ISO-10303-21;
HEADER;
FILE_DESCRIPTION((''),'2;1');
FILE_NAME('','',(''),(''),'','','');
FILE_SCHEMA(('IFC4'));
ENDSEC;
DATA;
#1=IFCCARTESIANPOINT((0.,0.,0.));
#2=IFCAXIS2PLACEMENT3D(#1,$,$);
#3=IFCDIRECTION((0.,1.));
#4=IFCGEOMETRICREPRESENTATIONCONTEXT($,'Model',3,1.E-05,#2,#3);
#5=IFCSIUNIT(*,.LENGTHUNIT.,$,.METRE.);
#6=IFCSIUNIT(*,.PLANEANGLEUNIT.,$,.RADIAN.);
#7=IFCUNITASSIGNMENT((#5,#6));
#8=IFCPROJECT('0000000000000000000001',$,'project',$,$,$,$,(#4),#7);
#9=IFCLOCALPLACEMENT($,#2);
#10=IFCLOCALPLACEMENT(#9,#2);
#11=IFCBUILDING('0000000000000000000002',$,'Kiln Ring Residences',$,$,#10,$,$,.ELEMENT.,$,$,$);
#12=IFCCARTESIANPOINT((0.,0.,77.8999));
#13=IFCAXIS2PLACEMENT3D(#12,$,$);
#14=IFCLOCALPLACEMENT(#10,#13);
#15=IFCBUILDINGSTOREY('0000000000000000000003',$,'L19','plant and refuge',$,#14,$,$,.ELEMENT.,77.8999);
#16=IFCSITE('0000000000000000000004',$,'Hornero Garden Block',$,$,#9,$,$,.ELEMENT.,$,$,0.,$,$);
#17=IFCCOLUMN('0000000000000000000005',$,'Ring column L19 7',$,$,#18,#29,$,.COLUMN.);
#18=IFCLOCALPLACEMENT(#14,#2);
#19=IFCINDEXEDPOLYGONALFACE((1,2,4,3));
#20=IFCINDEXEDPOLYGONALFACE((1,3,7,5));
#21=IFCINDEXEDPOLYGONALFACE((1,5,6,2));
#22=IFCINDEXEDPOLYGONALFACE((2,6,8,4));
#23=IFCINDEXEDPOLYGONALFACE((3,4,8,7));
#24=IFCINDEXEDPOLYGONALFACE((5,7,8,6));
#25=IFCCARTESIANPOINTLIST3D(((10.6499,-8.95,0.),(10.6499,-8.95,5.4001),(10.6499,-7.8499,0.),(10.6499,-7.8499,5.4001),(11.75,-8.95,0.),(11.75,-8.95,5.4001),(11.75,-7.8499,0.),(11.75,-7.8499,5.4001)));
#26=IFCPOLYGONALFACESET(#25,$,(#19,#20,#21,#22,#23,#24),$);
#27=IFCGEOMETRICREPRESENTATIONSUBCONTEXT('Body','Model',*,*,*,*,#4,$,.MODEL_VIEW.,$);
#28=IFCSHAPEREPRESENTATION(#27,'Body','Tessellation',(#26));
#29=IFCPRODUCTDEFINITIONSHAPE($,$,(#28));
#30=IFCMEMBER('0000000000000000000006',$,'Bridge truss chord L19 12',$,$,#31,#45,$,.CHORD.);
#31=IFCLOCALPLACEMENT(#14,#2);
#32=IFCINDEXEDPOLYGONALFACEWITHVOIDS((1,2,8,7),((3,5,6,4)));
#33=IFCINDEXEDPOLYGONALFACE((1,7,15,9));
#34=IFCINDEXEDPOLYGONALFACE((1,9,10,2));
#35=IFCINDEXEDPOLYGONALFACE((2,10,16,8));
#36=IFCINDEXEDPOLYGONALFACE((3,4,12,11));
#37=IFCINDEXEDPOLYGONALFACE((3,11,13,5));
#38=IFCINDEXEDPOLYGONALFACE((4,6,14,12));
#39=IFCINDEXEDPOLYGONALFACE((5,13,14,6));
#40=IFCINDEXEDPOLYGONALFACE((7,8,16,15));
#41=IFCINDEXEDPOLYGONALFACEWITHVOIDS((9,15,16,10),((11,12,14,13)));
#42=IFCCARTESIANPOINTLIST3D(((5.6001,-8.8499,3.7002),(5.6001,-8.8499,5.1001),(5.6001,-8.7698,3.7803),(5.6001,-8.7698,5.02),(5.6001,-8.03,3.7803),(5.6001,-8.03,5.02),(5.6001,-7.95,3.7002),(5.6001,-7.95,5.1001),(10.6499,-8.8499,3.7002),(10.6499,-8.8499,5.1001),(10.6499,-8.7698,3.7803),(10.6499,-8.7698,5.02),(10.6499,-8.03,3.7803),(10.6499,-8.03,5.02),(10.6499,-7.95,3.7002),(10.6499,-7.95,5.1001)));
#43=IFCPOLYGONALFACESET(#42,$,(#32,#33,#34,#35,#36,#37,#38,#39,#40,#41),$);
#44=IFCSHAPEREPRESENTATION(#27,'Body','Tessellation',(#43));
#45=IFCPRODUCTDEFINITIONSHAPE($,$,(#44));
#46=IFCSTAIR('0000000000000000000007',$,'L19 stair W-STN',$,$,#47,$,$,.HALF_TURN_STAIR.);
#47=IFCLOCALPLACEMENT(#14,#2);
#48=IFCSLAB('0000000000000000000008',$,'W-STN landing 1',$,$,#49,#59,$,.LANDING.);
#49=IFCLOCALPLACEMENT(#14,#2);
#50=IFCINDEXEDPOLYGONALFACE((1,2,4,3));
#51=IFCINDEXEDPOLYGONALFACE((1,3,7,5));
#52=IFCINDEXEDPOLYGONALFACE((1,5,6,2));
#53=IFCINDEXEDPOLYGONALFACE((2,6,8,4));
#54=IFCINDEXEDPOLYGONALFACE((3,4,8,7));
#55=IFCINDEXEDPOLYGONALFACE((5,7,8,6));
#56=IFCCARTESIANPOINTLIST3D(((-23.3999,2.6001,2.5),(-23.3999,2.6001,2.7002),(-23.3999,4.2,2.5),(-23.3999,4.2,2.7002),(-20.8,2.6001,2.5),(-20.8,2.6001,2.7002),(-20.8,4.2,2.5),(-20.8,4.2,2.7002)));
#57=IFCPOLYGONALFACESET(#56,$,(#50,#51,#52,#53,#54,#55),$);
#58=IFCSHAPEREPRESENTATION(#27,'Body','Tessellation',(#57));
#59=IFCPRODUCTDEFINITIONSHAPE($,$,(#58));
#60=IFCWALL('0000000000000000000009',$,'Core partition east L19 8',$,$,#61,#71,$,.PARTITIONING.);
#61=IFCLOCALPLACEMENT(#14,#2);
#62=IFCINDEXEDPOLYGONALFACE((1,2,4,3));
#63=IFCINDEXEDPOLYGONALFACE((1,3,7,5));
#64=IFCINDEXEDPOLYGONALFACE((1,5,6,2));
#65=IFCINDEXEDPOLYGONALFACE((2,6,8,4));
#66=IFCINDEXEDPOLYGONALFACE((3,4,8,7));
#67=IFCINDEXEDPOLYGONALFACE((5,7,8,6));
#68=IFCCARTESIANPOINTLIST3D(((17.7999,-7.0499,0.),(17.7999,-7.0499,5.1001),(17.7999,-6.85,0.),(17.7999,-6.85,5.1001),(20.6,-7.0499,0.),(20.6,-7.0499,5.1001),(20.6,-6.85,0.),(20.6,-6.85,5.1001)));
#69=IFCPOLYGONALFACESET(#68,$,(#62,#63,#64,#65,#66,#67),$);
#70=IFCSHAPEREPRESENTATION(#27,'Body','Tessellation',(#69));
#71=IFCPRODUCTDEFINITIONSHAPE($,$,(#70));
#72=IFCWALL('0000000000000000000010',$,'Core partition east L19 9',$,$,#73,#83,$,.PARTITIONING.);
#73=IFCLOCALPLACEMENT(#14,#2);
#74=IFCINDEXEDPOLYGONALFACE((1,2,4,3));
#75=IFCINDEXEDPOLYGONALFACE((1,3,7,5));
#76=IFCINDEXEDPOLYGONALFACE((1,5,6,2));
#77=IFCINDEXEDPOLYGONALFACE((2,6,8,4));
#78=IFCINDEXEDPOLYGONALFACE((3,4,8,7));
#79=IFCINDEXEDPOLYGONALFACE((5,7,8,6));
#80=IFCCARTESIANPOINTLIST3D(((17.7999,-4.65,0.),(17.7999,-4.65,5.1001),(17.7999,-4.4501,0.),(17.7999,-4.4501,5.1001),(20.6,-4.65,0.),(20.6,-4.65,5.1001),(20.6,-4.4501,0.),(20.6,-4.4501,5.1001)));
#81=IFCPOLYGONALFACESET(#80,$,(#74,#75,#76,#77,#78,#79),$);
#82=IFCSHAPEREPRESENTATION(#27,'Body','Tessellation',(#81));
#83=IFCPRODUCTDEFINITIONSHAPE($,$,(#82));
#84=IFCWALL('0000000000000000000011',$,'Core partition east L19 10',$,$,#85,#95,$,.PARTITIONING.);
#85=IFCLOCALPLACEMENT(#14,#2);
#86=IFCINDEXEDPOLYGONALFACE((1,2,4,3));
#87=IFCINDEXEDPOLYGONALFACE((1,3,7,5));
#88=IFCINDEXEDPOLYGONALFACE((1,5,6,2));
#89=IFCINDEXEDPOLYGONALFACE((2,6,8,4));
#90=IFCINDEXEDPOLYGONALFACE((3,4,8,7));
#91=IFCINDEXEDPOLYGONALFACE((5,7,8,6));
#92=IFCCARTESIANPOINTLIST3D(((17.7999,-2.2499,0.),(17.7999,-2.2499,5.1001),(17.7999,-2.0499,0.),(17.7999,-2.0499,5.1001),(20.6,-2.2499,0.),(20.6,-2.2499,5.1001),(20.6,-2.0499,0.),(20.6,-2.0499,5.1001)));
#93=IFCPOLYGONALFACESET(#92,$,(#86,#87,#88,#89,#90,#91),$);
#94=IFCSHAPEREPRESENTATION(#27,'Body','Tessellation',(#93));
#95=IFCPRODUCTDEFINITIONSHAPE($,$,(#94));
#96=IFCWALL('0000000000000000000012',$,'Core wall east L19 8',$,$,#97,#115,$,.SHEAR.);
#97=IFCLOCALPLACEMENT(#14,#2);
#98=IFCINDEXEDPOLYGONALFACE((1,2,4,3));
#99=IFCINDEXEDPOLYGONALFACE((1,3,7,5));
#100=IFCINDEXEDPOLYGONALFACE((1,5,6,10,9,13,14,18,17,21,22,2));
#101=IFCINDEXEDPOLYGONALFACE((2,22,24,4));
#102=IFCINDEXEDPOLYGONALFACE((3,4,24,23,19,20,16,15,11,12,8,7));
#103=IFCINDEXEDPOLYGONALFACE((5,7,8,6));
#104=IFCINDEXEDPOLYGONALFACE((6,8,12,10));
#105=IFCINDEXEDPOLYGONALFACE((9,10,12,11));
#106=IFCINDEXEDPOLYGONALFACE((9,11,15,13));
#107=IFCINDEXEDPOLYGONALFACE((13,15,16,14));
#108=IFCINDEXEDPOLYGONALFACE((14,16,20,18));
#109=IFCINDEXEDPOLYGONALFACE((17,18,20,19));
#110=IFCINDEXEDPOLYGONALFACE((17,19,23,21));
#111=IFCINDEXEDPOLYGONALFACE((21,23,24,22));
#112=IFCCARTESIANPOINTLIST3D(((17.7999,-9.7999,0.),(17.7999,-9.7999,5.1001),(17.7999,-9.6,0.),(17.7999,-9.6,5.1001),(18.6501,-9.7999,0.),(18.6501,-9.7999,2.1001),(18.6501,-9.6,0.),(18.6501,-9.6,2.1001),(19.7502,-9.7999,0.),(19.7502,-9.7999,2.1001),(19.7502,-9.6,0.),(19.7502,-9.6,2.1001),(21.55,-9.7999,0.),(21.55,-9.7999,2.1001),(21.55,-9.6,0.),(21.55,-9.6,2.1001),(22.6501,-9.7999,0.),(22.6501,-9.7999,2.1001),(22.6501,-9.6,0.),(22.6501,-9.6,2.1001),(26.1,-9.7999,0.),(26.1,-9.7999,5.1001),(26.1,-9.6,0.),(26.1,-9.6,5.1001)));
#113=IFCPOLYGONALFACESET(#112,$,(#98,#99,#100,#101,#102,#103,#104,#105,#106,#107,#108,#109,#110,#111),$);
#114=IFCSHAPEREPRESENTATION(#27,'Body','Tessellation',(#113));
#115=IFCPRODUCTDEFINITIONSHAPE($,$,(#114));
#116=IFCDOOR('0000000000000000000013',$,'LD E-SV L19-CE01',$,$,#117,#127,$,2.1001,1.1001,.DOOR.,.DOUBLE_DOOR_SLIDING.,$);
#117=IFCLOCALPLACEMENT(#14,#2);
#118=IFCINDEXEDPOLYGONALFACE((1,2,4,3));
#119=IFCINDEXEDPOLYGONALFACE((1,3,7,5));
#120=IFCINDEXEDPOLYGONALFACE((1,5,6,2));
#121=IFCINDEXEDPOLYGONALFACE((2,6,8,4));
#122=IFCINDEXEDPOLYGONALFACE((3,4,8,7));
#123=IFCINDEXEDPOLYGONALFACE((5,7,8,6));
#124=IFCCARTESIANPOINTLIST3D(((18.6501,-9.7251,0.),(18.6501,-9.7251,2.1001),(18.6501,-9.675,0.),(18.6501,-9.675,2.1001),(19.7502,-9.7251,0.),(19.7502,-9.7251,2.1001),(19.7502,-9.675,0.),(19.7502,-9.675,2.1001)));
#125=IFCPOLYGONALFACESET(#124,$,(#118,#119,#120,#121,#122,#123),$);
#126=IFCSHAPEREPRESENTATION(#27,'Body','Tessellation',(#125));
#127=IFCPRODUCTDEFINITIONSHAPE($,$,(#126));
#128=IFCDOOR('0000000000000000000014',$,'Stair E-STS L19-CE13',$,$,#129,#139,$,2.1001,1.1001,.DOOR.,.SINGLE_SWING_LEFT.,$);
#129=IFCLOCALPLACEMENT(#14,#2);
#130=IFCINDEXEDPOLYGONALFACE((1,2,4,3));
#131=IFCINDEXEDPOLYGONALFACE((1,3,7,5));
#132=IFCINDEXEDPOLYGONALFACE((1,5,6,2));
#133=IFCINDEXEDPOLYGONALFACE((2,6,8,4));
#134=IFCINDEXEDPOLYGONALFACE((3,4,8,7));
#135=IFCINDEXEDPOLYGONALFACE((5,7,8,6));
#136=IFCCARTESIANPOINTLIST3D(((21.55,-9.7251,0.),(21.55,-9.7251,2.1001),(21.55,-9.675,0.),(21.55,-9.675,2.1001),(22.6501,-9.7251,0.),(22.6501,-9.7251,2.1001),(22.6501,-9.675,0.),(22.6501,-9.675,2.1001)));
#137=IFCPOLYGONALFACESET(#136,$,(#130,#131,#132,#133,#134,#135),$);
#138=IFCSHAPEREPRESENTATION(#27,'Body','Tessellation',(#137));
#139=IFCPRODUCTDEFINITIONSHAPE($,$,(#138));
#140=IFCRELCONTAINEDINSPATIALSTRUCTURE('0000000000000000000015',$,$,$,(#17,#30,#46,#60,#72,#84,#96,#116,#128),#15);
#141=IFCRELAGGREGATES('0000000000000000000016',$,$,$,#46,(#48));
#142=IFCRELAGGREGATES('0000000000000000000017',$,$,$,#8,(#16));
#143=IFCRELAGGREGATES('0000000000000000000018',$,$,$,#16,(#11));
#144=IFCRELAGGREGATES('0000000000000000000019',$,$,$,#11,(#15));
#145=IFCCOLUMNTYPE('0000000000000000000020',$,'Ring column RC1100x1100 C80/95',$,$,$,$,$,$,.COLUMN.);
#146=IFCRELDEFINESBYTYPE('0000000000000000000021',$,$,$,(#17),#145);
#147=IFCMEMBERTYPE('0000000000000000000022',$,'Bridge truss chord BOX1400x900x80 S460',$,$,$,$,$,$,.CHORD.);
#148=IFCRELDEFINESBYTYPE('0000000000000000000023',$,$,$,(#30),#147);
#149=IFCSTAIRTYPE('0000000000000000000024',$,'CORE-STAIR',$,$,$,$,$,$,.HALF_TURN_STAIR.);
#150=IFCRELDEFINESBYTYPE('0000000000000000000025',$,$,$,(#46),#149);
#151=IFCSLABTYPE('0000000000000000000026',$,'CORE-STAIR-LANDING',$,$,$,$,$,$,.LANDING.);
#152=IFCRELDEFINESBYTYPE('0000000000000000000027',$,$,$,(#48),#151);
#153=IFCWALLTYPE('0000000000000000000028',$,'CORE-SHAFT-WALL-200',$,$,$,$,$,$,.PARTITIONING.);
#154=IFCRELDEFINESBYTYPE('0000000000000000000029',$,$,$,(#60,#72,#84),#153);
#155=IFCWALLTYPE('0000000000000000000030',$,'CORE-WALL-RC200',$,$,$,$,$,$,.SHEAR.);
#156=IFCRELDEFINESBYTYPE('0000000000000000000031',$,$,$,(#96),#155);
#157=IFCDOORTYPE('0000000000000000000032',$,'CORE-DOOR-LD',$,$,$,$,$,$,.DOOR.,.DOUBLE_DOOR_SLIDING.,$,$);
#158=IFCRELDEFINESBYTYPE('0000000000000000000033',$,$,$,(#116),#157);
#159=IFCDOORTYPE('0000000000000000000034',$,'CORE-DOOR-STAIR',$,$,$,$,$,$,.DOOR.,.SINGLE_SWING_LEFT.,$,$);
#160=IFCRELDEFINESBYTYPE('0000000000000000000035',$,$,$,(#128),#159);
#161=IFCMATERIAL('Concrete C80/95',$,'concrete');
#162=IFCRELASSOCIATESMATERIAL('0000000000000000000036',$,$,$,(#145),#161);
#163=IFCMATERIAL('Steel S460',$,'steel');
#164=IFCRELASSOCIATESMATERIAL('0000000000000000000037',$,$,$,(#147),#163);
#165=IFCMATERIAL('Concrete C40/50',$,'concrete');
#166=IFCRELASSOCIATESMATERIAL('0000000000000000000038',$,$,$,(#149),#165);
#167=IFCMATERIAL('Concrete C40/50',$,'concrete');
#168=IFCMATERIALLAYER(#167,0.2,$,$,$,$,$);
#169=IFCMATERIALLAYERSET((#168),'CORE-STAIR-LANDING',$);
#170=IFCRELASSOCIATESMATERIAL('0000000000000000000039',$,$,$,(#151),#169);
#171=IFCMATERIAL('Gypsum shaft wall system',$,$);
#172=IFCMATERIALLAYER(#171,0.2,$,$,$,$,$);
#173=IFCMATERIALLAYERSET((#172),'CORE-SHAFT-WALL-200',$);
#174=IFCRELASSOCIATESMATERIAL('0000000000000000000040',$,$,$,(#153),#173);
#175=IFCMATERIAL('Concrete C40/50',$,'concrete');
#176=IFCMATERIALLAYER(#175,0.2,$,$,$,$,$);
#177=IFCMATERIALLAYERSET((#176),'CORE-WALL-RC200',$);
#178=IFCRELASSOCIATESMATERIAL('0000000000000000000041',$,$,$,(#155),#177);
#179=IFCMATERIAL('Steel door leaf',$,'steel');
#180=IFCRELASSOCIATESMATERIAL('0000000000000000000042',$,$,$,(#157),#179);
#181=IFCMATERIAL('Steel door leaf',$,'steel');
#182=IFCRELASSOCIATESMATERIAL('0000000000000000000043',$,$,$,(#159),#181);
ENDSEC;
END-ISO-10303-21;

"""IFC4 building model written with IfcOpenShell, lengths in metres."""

from ifc_helpers import new_model, si_unit, direction, frame, frame_2d, origin, origin_2d, place, context, subcontext, project, spatial, polyline, rectangle, hollow_rectangle, outline, extrude, material, layer, layer_set, material_profile, profile_set, type_object, element, fill, aggregate, save


model = new_model("IFC4")

# Units and contexts
model_context = context("Model", 3, precision=1e-05, world=origin(), true_north=direction((0.0, 1.0)))
body_context = subcontext(model_context, "Body", "Model", "MODEL_VIEW")
ifc_project = project(units=[si_unit("LENGTHUNIT", "METRE"), si_unit("PLANEANGLEUNIT", "RADIAN")], contexts=[model_context])

# Site, building, storey
site_placement = place(None, origin())
site = spatial("IfcSite", under=ifc_project, at=site_placement, Name="Hornero Garden Block", CompositionType="ELEMENT", RefElevation=0.0)
building_placement = place(site_placement, origin())
building = spatial("IfcBuilding", under=site, at=building_placement, Name="Kiln Ring Residences", CompositionType="ELEMENT")
storey_placement = place(building_placement, frame((0.0, 0.0, 77.8999)))
storey = spatial("IfcBuildingStorey", under=building, at=storey_placement, Name="L19", Description="plant and refuge", CompositionType="ELEMENT", Elevation=77.8999)

# Column
ifc_material_1 = material(Name="Concrete C80/95", Category="concrete")
ifc_material_profile_1 = material_profile(ifc_material_1, rectangle(XDim=1.1001, YDim=1.1001, at=origin_2d()), Name="RC1100x1100")
ifc_profile_set_1 = profile_set([ifc_material_profile_1], Name="Concrete C80/95")
column_type = type_object("IfcColumnType", Name="Ring column RC1100x1100 C80/95", PredefinedType="COLUMN", material=ifc_profile_set_1)
column_placement = place(storey_placement, frame((11.2, -8.3999, 0.0), z_axis=(0.0, 0.0, 1.0), x_axis=(1.0, 0.0, 0.0)))
element("IfcColumn", 1, at=column_placement, inside=storey, type_object=column_type, Name="Ring column L19 7", PredefinedType="COLUMN", context=body_context, shape_type="SweptSolid", body=[
    extrude(rectangle(XDim=1.1001, YDim=1.1001, at=origin_2d()), origin(), (0.0, 0.0, 1.0), 5.4001),
])

# Member
ifc_material_2 = material(Name="Steel S460", Category="steel")
ifc_material_profile_2 = material_profile(ifc_material_2, hollow_rectangle(XDim=0.8999, YDim=1.3999, WallThickness=0.0801, at=origin_2d()), Name="BOX1400x900x80")
ifc_profile_set_2 = profile_set([ifc_material_profile_2], Name="Steel S460")
member_type = type_object("IfcMemberType", Name="Bridge truss chord BOX1400x900x80 S460", PredefinedType="CHORD", material=ifc_profile_set_2)
member_placement = place(storey_placement, frame((5.6001, -8.3999, 4.4001), z_axis=(1.0, 0.0, 0.0), x_axis=(0.0, 1.0, 0.0)))
element("IfcMember", 2, at=member_placement, inside=storey, type_object=member_type, Name="Bridge truss chord L19 12", PredefinedType="CHORD", context=body_context, shape_type="SweptSolid", body=[
    extrude(hollow_rectangle(XDim=0.8999, YDim=1.3999, WallThickness=0.0801, at=origin_2d()), origin(), (0.0, 0.0, 1.0), 5.0498),
])

# Stair, slab
ifc_material_3 = material(Name="Concrete C40/50", Category="concrete")
stair_type = type_object("IfcStairType", Name="CORE-STAIR", PredefinedType="HALF_TURN_STAIR", material=ifc_material_3)
stair_placement = place(storey_placement, origin())
stair = element("IfcStair", 3, at=stair_placement, inside=storey, type_object=stair_type, Name="L19 stair W-STN", PredefinedType="HALF_TURN_STAIR")
ifc_material_4 = material(Name="Concrete C40/50", Category="concrete")
ifc_layer_1 = layer(ifc_material_4, 0.2)
ifc_layer_set_1 = layer_set([ifc_layer_1], Name="CORE-STAIR-LANDING")
slab_type = type_object("IfcSlabType", Name="CORE-STAIR-LANDING", PredefinedType="LANDING", material=ifc_layer_set_1)
slab_placement = place(storey_placement, frame((0.0, 0.0, 2.5)))
slab = element("IfcSlab", 4, at=slab_placement, type_object=slab_type, Name="W-STN landing 1", PredefinedType="LANDING", context=body_context, shape_type="SweptSolid", body=[
    extrude(outline(polyline([(-23.3999, 4.2), (-23.3999, 2.6001), (-20.8, 2.6001), (-20.8, 4.2), (-23.3999, 4.2)])), origin(), (0.0, 0.0, 1.0), 0.2002),
])
aggregate(stair, [slab])

# Walls
ifc_material_5 = material(Name="Gypsum shaft wall system")
ifc_layer_2 = layer(ifc_material_5, 0.2)
ifc_layer_set_2 = layer_set([ifc_layer_2], Name="CORE-SHAFT-WALL-200")
wall_type_1 = type_object("IfcWallType", Name="CORE-SHAFT-WALL-200", PredefinedType="PARTITIONING", material=ifc_layer_set_2)
for number, where, z_axis, x_axis, name in (
    (5, (17.8, -6.95, 0.0), (0.0, 0.0, 1.0), (1.0, 0.0, 0.0), "Core partition east L19 8"),
    (6, (17.8, -4.55, 0.0), (0.0, 0.0, 1.0), (1.0, 0.0, 0.0), "Core partition east L19 9"),
    (7, (17.8, -2.1499, 0.0), (0.0, 0.0, 1.0), (1.0, 0.0, 0.0), "Core partition east L19 10"),
):
    element("IfcWall", number, at=place(storey_placement, frame(where, z_axis=z_axis, x_axis=x_axis)), inside=storey, type_object=wall_type_1, Name=name, PredefinedType="PARTITIONING", context=body_context, shape_type="SweptSolid", body=[
        extrude(rectangle(XDim=2.8, YDim=0.2, at=frame_2d((1.3999, 0.0))), origin(), (0.0, 0.0, 1.0), 5.1001),
    ])

# Wall, openings, doors
ifc_material_6 = material(Name="Concrete C40/50", Category="concrete")
ifc_layer_3 = layer(ifc_material_6, 0.2)
ifc_layer_set_3 = layer_set([ifc_layer_3], Name="CORE-WALL-RC200")
wall_type_2 = type_object("IfcWallType", Name="CORE-WALL-RC200", PredefinedType="SHEAR", material=ifc_layer_set_3)
wall_1_placement = place(storey_placement, frame((17.8, -9.7, 0.0), z_axis=(0.0, 0.0, 1.0), x_axis=(1.0, 0.0, 0.0)))
wall_1 = element("IfcWall", 8, at=wall_1_placement, inside=storey, type_object=wall_type_2, Name="Core wall east L19 8", PredefinedType="SHEAR", context=body_context, shape_type="SweptSolid", body=[
    extrude(rectangle(XDim=8.3, YDim=0.2, at=frame_2d((4.1499, 0.0))), origin(), (0.0, 0.0, 1.0), 5.1001),
])
opening_1_placement = place(wall_1_placement, frame((0.8501, 0.0, 0.0)))
opening_1 = element("IfcOpeningElement", 9, at=opening_1_placement, cuts=wall_1, PredefinedType="OPENING", context=body_context, shape_type="SweptSolid", body=[
    extrude(rectangle(XDim=1.1001, YDim=2.1001, at=frame_2d((0.55, 1.05))), frame((0.0, 0.1099, 0.0), z_axis=(0.0, -1.0, 0.0), x_axis=(1.0, 0.0, 0.0)), (0.0, 0.0, 1.0), 0.22),
])
opening_2_placement = place(wall_1_placement, frame((3.75, 0.0, 0.0)))
opening_2 = element("IfcOpeningElement", 10, at=opening_2_placement, cuts=wall_1, PredefinedType="OPENING", context=body_context, shape_type="SweptSolid", body=[
    extrude(rectangle(XDim=1.1001, YDim=2.1001, at=frame_2d((0.55, 1.05))), frame((0.0, 0.1099, 0.0), z_axis=(0.0, -1.0, 0.0), x_axis=(1.0, 0.0, 0.0)), (0.0, 0.0, 1.0), 0.22),
])
ifc_material_7 = material(Name="Steel door leaf", Category="steel")
door_type_1 = type_object("IfcDoorType", Name="CORE-DOOR-LD", OperationType="DOUBLE_DOOR_SLIDING", PredefinedType="DOOR", material=ifc_material_7)
door_1_placement = place(opening_1_placement, origin())
door_1 = element("IfcDoor", 11, at=door_1_placement, inside=storey, type_object=door_type_1, Name="LD E-SV L19-CE01", OperationType="DOUBLE_DOOR_SLIDING", OverallHeight=2.1001, OverallWidth=1.1001, PredefinedType="DOOR", context=body_context, shape_type="SweptSolid", body=[
    extrude(rectangle(XDim=1.1001, YDim=2.1001, at=frame_2d((0.55, 1.05))), frame((0.0, 0.0249, 0.0), z_axis=(0.0, -1.0, 0.0), x_axis=(1.0, 0.0, 0.0)), (0.0, 0.0, 1.0), 0.05),
])
fill(opening_1, door_1)
ifc_material_8 = material(Name="Steel door leaf", Category="steel")
door_type_2 = type_object("IfcDoorType", Name="CORE-DOOR-STAIR", OperationType="SINGLE_SWING_LEFT", PredefinedType="DOOR", material=ifc_material_8)
door_2_placement = place(opening_2_placement, origin())
door_2 = element("IfcDoor", 12, at=door_2_placement, inside=storey, type_object=door_type_2, Name="Stair E-STS L19-CE13", OperationType="SINGLE_SWING_LEFT", OverallHeight=2.1001, OverallWidth=1.1001, PredefinedType="DOOR", context=body_context, shape_type="SweptSolid", body=[
    extrude(rectangle(XDim=1.1001, YDim=2.1001, at=frame_2d((0.55, 1.05))), frame((0.0, 0.0249, 0.0), z_axis=(0.0, -1.0, 0.0), x_axis=(1.0, 0.0, 0.0)), (0.0, 0.0, 1.0), 0.05),
])
fill(opening_2, door_2)

save(model, "model.ifc")
